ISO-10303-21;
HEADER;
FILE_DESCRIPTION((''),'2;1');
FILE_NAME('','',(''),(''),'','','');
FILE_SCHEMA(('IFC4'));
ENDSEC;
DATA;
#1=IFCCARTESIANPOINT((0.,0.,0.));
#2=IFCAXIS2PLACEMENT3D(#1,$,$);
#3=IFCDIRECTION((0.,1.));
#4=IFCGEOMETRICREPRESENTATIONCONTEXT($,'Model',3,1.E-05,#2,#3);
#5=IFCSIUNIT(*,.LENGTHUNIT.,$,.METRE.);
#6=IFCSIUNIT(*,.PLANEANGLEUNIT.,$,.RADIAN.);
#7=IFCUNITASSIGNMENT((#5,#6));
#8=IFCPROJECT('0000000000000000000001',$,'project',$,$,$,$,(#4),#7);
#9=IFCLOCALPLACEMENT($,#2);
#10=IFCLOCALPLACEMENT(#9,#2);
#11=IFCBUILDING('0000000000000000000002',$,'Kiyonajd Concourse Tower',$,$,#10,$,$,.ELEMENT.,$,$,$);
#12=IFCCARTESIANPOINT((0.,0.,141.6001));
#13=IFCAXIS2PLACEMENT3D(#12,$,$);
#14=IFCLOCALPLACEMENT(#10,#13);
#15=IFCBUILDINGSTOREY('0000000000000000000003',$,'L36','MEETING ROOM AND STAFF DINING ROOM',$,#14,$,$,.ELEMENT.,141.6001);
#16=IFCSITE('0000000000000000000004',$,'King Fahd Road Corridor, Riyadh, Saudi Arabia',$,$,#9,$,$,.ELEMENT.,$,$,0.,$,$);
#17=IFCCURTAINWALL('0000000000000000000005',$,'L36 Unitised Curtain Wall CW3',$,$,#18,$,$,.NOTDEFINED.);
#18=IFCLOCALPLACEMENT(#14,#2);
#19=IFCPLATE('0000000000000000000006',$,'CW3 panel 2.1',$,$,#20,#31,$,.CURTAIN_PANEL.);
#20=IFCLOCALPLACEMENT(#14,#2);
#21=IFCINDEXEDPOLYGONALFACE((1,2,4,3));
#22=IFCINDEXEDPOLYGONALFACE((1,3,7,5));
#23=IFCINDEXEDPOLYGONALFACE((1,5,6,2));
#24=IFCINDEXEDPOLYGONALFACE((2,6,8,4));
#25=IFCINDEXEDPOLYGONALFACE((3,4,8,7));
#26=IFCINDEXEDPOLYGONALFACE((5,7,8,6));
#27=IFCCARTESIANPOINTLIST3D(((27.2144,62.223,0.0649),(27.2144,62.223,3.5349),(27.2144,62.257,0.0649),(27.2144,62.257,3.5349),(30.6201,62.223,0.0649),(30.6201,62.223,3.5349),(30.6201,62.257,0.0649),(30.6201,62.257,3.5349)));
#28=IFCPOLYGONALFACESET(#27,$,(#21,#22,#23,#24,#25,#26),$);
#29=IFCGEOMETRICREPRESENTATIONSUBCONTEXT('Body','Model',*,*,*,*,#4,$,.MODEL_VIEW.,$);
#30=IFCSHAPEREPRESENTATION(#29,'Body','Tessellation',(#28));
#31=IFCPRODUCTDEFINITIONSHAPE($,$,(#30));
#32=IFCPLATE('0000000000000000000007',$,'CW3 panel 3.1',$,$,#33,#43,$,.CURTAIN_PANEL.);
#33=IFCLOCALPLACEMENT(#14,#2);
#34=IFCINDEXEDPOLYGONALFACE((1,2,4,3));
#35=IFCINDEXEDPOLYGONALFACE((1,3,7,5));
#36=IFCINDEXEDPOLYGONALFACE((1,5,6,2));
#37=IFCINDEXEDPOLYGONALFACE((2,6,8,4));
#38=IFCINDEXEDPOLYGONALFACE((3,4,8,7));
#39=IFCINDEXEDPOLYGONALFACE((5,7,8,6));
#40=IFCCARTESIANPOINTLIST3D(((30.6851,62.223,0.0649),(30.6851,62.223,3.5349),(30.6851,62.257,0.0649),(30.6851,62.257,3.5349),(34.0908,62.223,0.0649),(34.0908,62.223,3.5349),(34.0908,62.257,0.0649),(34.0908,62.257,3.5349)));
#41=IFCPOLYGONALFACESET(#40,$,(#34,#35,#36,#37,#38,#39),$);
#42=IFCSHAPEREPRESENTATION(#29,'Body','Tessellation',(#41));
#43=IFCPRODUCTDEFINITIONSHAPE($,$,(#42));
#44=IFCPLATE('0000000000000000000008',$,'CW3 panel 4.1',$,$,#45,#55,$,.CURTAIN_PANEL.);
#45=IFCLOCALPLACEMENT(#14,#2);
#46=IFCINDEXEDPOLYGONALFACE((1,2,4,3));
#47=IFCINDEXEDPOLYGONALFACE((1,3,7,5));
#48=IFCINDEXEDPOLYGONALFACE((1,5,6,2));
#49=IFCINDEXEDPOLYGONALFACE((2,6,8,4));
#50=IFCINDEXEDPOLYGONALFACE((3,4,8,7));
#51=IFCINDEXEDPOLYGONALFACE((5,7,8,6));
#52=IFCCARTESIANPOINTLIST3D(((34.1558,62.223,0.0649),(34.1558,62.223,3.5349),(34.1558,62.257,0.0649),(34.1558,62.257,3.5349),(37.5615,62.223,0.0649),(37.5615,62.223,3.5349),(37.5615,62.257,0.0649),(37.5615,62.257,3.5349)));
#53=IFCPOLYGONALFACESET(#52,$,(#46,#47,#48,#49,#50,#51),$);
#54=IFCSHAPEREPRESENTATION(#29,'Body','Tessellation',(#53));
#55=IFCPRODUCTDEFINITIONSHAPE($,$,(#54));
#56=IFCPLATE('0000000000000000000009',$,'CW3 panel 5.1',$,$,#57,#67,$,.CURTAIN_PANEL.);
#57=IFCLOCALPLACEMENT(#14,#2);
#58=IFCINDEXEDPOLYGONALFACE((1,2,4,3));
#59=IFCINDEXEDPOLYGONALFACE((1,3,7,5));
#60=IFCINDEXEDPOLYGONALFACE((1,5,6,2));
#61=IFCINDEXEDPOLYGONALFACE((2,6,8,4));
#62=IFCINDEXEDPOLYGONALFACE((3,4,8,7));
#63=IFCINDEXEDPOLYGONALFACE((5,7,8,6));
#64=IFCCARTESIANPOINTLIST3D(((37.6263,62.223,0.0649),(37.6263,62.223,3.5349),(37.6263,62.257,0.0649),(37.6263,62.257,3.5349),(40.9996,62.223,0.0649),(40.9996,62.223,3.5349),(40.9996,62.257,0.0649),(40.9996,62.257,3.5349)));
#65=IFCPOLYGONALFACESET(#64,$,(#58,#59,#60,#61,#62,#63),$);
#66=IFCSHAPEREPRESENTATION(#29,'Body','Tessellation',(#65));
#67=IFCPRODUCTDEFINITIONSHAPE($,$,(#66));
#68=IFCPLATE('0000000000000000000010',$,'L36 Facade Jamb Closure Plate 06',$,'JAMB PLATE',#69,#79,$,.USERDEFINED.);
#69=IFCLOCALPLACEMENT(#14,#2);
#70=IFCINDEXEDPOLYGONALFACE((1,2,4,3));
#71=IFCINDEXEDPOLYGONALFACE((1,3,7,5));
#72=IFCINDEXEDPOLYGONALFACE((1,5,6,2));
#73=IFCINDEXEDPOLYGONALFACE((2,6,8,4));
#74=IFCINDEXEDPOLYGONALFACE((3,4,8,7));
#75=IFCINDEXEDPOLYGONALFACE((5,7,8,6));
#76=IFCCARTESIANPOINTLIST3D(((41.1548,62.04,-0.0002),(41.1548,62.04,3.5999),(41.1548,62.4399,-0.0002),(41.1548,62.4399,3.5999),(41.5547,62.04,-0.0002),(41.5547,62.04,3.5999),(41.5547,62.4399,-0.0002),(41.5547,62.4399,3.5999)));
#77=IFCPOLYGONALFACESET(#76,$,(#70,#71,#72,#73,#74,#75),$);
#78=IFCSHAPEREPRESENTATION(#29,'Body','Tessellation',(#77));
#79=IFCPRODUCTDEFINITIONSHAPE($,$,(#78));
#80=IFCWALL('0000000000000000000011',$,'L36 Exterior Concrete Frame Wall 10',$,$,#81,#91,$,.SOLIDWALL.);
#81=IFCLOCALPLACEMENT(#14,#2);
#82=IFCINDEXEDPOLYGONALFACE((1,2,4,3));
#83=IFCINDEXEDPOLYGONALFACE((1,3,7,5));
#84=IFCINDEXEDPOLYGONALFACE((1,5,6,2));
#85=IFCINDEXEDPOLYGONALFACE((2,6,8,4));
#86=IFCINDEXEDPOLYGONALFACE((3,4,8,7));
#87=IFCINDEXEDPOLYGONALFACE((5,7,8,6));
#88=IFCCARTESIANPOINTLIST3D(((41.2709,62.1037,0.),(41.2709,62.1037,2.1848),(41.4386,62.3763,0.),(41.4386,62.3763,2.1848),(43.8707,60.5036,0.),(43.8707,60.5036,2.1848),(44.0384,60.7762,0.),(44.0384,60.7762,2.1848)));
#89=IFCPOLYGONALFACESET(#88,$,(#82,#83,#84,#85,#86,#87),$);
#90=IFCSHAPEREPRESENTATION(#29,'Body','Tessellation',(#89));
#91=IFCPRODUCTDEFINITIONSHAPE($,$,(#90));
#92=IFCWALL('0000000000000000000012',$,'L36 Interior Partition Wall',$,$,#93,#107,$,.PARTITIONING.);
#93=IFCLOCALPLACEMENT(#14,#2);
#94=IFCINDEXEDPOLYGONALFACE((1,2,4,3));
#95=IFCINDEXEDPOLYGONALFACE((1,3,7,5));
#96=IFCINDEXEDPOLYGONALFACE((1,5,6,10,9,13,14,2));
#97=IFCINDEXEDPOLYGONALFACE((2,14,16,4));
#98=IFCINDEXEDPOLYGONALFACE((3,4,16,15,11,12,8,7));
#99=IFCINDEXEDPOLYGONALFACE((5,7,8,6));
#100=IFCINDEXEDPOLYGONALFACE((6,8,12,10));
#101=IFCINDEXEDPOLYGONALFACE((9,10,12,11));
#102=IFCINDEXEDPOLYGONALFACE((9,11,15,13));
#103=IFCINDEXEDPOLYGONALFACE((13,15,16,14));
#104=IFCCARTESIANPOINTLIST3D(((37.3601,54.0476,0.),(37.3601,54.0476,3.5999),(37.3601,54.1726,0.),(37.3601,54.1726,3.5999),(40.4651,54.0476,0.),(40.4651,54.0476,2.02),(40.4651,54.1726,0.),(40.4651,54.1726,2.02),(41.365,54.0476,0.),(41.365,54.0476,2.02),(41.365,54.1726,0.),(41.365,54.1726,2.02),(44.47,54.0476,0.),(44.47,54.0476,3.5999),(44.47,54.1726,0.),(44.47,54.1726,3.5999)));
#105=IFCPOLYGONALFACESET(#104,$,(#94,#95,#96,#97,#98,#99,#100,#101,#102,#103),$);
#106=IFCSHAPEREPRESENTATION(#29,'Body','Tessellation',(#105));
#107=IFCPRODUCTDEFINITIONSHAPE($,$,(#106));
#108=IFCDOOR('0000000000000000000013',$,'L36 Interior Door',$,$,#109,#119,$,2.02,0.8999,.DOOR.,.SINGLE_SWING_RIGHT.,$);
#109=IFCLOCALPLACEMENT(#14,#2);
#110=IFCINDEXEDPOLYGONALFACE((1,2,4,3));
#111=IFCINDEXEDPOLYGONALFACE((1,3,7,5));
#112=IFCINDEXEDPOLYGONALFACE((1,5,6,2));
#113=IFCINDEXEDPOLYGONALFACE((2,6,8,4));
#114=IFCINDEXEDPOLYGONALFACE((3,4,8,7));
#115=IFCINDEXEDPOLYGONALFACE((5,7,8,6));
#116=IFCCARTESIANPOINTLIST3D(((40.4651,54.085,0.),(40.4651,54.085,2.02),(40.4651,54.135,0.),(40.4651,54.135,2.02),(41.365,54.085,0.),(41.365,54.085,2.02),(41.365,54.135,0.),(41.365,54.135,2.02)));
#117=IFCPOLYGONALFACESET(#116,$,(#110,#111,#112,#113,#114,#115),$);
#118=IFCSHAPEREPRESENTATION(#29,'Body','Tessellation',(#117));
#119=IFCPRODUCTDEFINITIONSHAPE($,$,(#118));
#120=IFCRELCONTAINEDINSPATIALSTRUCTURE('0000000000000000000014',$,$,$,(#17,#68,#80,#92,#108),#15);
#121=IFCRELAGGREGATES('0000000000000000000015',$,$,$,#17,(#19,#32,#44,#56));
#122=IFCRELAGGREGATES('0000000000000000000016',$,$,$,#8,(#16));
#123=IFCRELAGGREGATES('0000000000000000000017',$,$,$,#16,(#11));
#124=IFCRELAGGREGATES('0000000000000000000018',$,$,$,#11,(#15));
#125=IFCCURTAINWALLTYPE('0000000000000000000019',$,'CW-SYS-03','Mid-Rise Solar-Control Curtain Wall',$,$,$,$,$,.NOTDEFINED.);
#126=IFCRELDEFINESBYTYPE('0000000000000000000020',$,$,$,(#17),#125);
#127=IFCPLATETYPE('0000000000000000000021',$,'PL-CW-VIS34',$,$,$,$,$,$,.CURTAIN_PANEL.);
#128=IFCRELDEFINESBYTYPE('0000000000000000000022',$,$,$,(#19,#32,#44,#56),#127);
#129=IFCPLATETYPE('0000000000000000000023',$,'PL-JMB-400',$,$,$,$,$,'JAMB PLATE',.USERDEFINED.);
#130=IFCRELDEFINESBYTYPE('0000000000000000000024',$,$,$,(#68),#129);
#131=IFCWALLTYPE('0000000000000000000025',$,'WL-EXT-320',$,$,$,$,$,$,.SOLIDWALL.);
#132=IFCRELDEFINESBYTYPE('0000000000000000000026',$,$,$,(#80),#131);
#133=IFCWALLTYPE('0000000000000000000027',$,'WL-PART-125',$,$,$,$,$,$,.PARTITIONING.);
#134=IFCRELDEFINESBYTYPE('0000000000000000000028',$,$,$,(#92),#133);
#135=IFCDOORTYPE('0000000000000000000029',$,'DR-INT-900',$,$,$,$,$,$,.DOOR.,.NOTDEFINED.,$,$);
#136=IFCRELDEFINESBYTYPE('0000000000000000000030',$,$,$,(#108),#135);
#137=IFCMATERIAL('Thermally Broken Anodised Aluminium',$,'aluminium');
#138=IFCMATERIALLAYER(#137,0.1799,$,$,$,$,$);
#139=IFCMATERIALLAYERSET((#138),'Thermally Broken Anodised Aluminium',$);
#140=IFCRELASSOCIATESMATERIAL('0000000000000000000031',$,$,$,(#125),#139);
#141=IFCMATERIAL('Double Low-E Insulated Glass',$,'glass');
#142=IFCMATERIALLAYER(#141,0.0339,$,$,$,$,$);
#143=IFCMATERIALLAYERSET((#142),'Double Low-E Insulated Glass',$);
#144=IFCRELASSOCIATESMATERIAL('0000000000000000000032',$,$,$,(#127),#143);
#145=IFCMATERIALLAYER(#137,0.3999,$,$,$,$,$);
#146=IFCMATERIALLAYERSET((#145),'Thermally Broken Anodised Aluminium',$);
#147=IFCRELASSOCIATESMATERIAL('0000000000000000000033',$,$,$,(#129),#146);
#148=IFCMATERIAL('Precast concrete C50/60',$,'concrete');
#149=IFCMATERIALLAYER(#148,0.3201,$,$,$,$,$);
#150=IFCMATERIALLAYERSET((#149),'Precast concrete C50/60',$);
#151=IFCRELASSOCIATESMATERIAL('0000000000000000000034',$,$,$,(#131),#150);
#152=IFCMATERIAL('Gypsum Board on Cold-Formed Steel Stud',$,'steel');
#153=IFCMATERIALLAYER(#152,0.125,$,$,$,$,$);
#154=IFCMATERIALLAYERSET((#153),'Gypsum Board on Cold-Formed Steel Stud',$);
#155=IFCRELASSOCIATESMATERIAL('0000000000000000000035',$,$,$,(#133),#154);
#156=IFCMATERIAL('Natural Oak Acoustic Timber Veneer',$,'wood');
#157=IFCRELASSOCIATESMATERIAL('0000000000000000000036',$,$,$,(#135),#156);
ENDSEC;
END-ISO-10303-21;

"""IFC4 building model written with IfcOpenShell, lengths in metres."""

from ifc_helpers import new_model, si_unit, direction, frame, frame_2d, origin, origin_2d, place, context, subcontext, project, spatial, rectangle, extrude, material, layer, layer_set, type_object, element, fill, aggregate, save


model = new_model("IFC4")

# Units and contexts
model_context = context("Model", 3, precision=1e-05, world=origin(), true_north=direction((0.0, 1.0)))
body_context = subcontext(model_context, "Body", "Model", "MODEL_VIEW")
ifc_project = project(units=[si_unit("LENGTHUNIT", "METRE"), si_unit("PLANEANGLEUNIT", "RADIAN")], contexts=[model_context])

# Site, building, storey
site_placement = place(None, origin())
site = spatial("IfcSite", under=ifc_project, at=site_placement, Name="King Fahd Road Corridor, Riyadh, Saudi Arabia", CompositionType="ELEMENT", RefElevation=0.0)
building_placement = place(site_placement, origin())
building = spatial("IfcBuilding", under=site, at=building_placement, Name="Kiyonajd Concourse Tower", CompositionType="ELEMENT")
storey_placement = place(building_placement, frame((0.0, 0.0, 141.6001)))
storey = spatial("IfcBuildingStorey", under=building, at=storey_placement, Name="L36", Description="MEETING ROOM AND STAFF DINING ROOM", CompositionType="ELEMENT", Elevation=141.6001)

# Curtain wall
ifc_material_1 = material(Name="Thermally Broken Anodised Aluminium", Category="aluminium")
ifc_layer_1 = layer(ifc_material_1, 0.1799)
ifc_layer_set_1 = layer_set([ifc_layer_1], Name="Thermally Broken Anodised Aluminium")
curtain_wall_type = type_object("IfcCurtainWallType", Name="CW-SYS-03", Description="Mid-Rise Solar-Control Curtain Wall", PredefinedType="NOTDEFINED", material=ifc_layer_set_1)
curtain_wall_placement = place(storey_placement, origin())
curtain_wall = element("IfcCurtainWall", 1, at=curtain_wall_placement, inside=storey, type_object=curtain_wall_type, Name="L36 Unitised Curtain Wall CW3", PredefinedType="NOTDEFINED")

# Plates
ifc_material_2 = material(Name="Double Low-E Insulated Glass", Category="glass")
ifc_layer_2 = layer(ifc_material_2, 0.0339)
ifc_layer_set_2 = layer_set([ifc_layer_2], Name="Double Low-E Insulated Glass")
plate_type_1 = type_object("IfcPlateType", Name="PL-CW-VIS34", PredefinedType="CURTAIN_PANEL", material=ifc_layer_set_2)
plate_1_placement = place(storey_placement, frame((28.9172, 62.24, 0.0649), z_axis=(0.0, 0.0, 1.0), x_axis=(1.0, 0.0, 0.0)))
plate_1 = element("IfcPlate", 2, at=plate_1_placement, type_object=plate_type_1, Name="CW3 panel 2.1", PredefinedType="CURTAIN_PANEL", context=body_context, shape_type="SweptSolid", body=[
    extrude(rectangle(XDim=3.4058, YDim=0.0339, at=origin_2d()), origin(), (0.0, 0.0, 1.0), 3.47),
])
plate_2_placement = place(storey_placement, frame((32.3879, 62.24, 0.0649), z_axis=(0.0, 0.0, 1.0), x_axis=(1.0, 0.0, 0.0)))
plate_2 = element("IfcPlate", 3, at=plate_2_placement, type_object=plate_type_1, Name="CW3 panel 3.1", PredefinedType="CURTAIN_PANEL", context=body_context, shape_type="SweptSolid", body=[
    extrude(rectangle(XDim=3.4058, YDim=0.0339, at=origin_2d()), origin(), (0.0, 0.0, 1.0), 3.47),
])
plate_3_placement = place(storey_placement, frame((35.8586, 62.24, 0.0649), z_axis=(0.0, 0.0, 1.0), x_axis=(1.0, 0.0, 0.0)))
plate_3 = element("IfcPlate", 4, at=plate_3_placement, type_object=plate_type_1, Name="CW3 panel 4.1", PredefinedType="CURTAIN_PANEL", context=body_context, shape_type="SweptSolid", body=[
    extrude(rectangle(XDim=3.4058, YDim=0.0339, at=origin_2d()), origin(), (0.0, 0.0, 1.0), 3.47),
])
plate_4_placement = place(storey_placement, frame((39.313, 62.24, 0.0649), z_axis=(0.0, 0.0, 1.0), x_axis=(1.0, 0.0, 0.0)))
plate_4 = element("IfcPlate", 5, at=plate_4_placement, type_object=plate_type_1, Name="CW3 panel 5.1", PredefinedType="CURTAIN_PANEL", context=body_context, shape_type="SweptSolid", body=[
    extrude(rectangle(XDim=3.3733, YDim=0.0339, at=origin_2d()), origin(), (0.0, 0.0, 1.0), 3.47),
])
aggregate(curtain_wall, [plate_1, plate_2, plate_3, plate_4])
ifc_layer_3 = layer(ifc_material_1, 0.3999)
ifc_layer_set_3 = layer_set([ifc_layer_3], Name="Thermally Broken Anodised Aluminium")
plate_type_2 = type_object("IfcPlateType", Name="PL-JMB-400", ElementType="JAMB PLATE", PredefinedType="USERDEFINED", material=ifc_layer_set_3)
plate_5_placement = place(storey_placement, frame((41.3547, 62.24, -0.0002), z_axis=(0.0, 0.0, 1.0), x_axis=(1.0, 0.0, 0.0)))
element("IfcPlate", 6, at=plate_5_placement, inside=storey, type_object=plate_type_2, Name="L36 Facade Jamb Closure Plate 06", ObjectType="JAMB PLATE", PredefinedType="USERDEFINED", context=body_context, shape_type="SweptSolid", body=[
    extrude(rectangle(XDim=0.3999, YDim=0.3999, at=origin_2d()), origin(), (0.0, 0.0, 1.0), 3.6001),
])

# Wall
ifc_material_3 = material(Name="Precast concrete C50/60", Category="concrete")
ifc_layer_4 = layer(ifc_material_3, 0.3201)
ifc_layer_set_4 = layer_set([ifc_layer_4], Name="Precast concrete C50/60")
wall_type_1 = type_object("IfcWallType", Name="WL-EXT-320", PredefinedType="SOLIDWALL", material=ifc_layer_set_4)
wall_1_placement = place(storey_placement, frame((41.3547, 62.24, 0.0), z_axis=(0.0, 0.0, 1.0), x_axis=(0.851631, -0.524142, 0.0)))
element("IfcWall", 7, at=wall_1_placement, inside=storey, type_object=wall_type_1, Name="L36 Exterior Concrete Frame Wall 10", PredefinedType="SOLIDWALL", context=body_context, shape_type="SweptSolid", body=[
    extrude(rectangle(XDim=3.0527, YDim=0.3201, at=frame_2d((1.5264, 0.0))), origin(), (0.0, 0.0, 1.0), 2.1848),
])

# Wall, opening, door
ifc_material_4 = material(Name="Gypsum Board on Cold-Formed Steel Stud", Category="steel")
ifc_layer_5 = layer(ifc_material_4, 0.125)
ifc_layer_set_5 = layer_set([ifc_layer_5], Name="Gypsum Board on Cold-Formed Steel Stud")
wall_type_2 = type_object("IfcWallType", Name="WL-PART-125", PredefinedType="PARTITIONING", material=ifc_layer_set_5)
wall_2_placement = place(storey_placement, frame((37.3601, 54.1101, 0.0), z_axis=(0.0, 0.0, 1.0), x_axis=(1.0, 0.0, 0.0)))
wall_2 = element("IfcWall", 8, at=wall_2_placement, inside=storey, type_object=wall_type_2, Name="L36 Interior Partition Wall", PredefinedType="PARTITIONING", context=body_context, shape_type="SweptSolid", body=[
    extrude(rectangle(XDim=7.1099, YDim=0.125, at=frame_2d((3.5549, 0.0))), origin(), (0.0, 0.0, 1.0), 3.5999),
])
opening_placement = place(wall_2_placement, frame((3.105, 0.0, 0.0)))
opening = element("IfcOpeningElement", 9, at=opening_placement, cuts=wall_2, PredefinedType="OPENING", context=body_context, shape_type="SweptSolid", body=[
    extrude(rectangle(XDim=0.8999, YDim=2.02, at=frame_2d((0.45, 1.01))), frame((0.0, 0.0725, 0.0), z_axis=(0.0, -1.0, 0.0), x_axis=(1.0, 0.0, 0.0)), (0.0, 0.0, 1.0), 0.145),
])
ifc_material_5 = material(Name="Natural Oak Acoustic Timber Veneer", Category="wood")
door_type = type_object("IfcDoorType", Name="DR-INT-900", OperationType="NOTDEFINED", PredefinedType="DOOR", material=ifc_material_5)
door_placement = place(opening_placement, origin())
door = element("IfcDoor", 10, at=door_placement, inside=storey, type_object=door_type, Name="L36 Interior Door", OperationType="SINGLE_SWING_RIGHT", OverallHeight=2.02, OverallWidth=0.8999, PredefinedType="DOOR", context=body_context, shape_type="SweptSolid", body=[
    extrude(rectangle(XDim=0.8999, YDim=2.02, at=frame_2d((0.45, 1.01))), frame((0.0, 0.0249, 0.0), z_axis=(0.0, -1.0, 0.0), x_axis=(1.0, 0.0, 0.0)), (0.0, 0.0, 1.0), 0.05),
])
fill(opening, door)

save(model, "model.ifc")
